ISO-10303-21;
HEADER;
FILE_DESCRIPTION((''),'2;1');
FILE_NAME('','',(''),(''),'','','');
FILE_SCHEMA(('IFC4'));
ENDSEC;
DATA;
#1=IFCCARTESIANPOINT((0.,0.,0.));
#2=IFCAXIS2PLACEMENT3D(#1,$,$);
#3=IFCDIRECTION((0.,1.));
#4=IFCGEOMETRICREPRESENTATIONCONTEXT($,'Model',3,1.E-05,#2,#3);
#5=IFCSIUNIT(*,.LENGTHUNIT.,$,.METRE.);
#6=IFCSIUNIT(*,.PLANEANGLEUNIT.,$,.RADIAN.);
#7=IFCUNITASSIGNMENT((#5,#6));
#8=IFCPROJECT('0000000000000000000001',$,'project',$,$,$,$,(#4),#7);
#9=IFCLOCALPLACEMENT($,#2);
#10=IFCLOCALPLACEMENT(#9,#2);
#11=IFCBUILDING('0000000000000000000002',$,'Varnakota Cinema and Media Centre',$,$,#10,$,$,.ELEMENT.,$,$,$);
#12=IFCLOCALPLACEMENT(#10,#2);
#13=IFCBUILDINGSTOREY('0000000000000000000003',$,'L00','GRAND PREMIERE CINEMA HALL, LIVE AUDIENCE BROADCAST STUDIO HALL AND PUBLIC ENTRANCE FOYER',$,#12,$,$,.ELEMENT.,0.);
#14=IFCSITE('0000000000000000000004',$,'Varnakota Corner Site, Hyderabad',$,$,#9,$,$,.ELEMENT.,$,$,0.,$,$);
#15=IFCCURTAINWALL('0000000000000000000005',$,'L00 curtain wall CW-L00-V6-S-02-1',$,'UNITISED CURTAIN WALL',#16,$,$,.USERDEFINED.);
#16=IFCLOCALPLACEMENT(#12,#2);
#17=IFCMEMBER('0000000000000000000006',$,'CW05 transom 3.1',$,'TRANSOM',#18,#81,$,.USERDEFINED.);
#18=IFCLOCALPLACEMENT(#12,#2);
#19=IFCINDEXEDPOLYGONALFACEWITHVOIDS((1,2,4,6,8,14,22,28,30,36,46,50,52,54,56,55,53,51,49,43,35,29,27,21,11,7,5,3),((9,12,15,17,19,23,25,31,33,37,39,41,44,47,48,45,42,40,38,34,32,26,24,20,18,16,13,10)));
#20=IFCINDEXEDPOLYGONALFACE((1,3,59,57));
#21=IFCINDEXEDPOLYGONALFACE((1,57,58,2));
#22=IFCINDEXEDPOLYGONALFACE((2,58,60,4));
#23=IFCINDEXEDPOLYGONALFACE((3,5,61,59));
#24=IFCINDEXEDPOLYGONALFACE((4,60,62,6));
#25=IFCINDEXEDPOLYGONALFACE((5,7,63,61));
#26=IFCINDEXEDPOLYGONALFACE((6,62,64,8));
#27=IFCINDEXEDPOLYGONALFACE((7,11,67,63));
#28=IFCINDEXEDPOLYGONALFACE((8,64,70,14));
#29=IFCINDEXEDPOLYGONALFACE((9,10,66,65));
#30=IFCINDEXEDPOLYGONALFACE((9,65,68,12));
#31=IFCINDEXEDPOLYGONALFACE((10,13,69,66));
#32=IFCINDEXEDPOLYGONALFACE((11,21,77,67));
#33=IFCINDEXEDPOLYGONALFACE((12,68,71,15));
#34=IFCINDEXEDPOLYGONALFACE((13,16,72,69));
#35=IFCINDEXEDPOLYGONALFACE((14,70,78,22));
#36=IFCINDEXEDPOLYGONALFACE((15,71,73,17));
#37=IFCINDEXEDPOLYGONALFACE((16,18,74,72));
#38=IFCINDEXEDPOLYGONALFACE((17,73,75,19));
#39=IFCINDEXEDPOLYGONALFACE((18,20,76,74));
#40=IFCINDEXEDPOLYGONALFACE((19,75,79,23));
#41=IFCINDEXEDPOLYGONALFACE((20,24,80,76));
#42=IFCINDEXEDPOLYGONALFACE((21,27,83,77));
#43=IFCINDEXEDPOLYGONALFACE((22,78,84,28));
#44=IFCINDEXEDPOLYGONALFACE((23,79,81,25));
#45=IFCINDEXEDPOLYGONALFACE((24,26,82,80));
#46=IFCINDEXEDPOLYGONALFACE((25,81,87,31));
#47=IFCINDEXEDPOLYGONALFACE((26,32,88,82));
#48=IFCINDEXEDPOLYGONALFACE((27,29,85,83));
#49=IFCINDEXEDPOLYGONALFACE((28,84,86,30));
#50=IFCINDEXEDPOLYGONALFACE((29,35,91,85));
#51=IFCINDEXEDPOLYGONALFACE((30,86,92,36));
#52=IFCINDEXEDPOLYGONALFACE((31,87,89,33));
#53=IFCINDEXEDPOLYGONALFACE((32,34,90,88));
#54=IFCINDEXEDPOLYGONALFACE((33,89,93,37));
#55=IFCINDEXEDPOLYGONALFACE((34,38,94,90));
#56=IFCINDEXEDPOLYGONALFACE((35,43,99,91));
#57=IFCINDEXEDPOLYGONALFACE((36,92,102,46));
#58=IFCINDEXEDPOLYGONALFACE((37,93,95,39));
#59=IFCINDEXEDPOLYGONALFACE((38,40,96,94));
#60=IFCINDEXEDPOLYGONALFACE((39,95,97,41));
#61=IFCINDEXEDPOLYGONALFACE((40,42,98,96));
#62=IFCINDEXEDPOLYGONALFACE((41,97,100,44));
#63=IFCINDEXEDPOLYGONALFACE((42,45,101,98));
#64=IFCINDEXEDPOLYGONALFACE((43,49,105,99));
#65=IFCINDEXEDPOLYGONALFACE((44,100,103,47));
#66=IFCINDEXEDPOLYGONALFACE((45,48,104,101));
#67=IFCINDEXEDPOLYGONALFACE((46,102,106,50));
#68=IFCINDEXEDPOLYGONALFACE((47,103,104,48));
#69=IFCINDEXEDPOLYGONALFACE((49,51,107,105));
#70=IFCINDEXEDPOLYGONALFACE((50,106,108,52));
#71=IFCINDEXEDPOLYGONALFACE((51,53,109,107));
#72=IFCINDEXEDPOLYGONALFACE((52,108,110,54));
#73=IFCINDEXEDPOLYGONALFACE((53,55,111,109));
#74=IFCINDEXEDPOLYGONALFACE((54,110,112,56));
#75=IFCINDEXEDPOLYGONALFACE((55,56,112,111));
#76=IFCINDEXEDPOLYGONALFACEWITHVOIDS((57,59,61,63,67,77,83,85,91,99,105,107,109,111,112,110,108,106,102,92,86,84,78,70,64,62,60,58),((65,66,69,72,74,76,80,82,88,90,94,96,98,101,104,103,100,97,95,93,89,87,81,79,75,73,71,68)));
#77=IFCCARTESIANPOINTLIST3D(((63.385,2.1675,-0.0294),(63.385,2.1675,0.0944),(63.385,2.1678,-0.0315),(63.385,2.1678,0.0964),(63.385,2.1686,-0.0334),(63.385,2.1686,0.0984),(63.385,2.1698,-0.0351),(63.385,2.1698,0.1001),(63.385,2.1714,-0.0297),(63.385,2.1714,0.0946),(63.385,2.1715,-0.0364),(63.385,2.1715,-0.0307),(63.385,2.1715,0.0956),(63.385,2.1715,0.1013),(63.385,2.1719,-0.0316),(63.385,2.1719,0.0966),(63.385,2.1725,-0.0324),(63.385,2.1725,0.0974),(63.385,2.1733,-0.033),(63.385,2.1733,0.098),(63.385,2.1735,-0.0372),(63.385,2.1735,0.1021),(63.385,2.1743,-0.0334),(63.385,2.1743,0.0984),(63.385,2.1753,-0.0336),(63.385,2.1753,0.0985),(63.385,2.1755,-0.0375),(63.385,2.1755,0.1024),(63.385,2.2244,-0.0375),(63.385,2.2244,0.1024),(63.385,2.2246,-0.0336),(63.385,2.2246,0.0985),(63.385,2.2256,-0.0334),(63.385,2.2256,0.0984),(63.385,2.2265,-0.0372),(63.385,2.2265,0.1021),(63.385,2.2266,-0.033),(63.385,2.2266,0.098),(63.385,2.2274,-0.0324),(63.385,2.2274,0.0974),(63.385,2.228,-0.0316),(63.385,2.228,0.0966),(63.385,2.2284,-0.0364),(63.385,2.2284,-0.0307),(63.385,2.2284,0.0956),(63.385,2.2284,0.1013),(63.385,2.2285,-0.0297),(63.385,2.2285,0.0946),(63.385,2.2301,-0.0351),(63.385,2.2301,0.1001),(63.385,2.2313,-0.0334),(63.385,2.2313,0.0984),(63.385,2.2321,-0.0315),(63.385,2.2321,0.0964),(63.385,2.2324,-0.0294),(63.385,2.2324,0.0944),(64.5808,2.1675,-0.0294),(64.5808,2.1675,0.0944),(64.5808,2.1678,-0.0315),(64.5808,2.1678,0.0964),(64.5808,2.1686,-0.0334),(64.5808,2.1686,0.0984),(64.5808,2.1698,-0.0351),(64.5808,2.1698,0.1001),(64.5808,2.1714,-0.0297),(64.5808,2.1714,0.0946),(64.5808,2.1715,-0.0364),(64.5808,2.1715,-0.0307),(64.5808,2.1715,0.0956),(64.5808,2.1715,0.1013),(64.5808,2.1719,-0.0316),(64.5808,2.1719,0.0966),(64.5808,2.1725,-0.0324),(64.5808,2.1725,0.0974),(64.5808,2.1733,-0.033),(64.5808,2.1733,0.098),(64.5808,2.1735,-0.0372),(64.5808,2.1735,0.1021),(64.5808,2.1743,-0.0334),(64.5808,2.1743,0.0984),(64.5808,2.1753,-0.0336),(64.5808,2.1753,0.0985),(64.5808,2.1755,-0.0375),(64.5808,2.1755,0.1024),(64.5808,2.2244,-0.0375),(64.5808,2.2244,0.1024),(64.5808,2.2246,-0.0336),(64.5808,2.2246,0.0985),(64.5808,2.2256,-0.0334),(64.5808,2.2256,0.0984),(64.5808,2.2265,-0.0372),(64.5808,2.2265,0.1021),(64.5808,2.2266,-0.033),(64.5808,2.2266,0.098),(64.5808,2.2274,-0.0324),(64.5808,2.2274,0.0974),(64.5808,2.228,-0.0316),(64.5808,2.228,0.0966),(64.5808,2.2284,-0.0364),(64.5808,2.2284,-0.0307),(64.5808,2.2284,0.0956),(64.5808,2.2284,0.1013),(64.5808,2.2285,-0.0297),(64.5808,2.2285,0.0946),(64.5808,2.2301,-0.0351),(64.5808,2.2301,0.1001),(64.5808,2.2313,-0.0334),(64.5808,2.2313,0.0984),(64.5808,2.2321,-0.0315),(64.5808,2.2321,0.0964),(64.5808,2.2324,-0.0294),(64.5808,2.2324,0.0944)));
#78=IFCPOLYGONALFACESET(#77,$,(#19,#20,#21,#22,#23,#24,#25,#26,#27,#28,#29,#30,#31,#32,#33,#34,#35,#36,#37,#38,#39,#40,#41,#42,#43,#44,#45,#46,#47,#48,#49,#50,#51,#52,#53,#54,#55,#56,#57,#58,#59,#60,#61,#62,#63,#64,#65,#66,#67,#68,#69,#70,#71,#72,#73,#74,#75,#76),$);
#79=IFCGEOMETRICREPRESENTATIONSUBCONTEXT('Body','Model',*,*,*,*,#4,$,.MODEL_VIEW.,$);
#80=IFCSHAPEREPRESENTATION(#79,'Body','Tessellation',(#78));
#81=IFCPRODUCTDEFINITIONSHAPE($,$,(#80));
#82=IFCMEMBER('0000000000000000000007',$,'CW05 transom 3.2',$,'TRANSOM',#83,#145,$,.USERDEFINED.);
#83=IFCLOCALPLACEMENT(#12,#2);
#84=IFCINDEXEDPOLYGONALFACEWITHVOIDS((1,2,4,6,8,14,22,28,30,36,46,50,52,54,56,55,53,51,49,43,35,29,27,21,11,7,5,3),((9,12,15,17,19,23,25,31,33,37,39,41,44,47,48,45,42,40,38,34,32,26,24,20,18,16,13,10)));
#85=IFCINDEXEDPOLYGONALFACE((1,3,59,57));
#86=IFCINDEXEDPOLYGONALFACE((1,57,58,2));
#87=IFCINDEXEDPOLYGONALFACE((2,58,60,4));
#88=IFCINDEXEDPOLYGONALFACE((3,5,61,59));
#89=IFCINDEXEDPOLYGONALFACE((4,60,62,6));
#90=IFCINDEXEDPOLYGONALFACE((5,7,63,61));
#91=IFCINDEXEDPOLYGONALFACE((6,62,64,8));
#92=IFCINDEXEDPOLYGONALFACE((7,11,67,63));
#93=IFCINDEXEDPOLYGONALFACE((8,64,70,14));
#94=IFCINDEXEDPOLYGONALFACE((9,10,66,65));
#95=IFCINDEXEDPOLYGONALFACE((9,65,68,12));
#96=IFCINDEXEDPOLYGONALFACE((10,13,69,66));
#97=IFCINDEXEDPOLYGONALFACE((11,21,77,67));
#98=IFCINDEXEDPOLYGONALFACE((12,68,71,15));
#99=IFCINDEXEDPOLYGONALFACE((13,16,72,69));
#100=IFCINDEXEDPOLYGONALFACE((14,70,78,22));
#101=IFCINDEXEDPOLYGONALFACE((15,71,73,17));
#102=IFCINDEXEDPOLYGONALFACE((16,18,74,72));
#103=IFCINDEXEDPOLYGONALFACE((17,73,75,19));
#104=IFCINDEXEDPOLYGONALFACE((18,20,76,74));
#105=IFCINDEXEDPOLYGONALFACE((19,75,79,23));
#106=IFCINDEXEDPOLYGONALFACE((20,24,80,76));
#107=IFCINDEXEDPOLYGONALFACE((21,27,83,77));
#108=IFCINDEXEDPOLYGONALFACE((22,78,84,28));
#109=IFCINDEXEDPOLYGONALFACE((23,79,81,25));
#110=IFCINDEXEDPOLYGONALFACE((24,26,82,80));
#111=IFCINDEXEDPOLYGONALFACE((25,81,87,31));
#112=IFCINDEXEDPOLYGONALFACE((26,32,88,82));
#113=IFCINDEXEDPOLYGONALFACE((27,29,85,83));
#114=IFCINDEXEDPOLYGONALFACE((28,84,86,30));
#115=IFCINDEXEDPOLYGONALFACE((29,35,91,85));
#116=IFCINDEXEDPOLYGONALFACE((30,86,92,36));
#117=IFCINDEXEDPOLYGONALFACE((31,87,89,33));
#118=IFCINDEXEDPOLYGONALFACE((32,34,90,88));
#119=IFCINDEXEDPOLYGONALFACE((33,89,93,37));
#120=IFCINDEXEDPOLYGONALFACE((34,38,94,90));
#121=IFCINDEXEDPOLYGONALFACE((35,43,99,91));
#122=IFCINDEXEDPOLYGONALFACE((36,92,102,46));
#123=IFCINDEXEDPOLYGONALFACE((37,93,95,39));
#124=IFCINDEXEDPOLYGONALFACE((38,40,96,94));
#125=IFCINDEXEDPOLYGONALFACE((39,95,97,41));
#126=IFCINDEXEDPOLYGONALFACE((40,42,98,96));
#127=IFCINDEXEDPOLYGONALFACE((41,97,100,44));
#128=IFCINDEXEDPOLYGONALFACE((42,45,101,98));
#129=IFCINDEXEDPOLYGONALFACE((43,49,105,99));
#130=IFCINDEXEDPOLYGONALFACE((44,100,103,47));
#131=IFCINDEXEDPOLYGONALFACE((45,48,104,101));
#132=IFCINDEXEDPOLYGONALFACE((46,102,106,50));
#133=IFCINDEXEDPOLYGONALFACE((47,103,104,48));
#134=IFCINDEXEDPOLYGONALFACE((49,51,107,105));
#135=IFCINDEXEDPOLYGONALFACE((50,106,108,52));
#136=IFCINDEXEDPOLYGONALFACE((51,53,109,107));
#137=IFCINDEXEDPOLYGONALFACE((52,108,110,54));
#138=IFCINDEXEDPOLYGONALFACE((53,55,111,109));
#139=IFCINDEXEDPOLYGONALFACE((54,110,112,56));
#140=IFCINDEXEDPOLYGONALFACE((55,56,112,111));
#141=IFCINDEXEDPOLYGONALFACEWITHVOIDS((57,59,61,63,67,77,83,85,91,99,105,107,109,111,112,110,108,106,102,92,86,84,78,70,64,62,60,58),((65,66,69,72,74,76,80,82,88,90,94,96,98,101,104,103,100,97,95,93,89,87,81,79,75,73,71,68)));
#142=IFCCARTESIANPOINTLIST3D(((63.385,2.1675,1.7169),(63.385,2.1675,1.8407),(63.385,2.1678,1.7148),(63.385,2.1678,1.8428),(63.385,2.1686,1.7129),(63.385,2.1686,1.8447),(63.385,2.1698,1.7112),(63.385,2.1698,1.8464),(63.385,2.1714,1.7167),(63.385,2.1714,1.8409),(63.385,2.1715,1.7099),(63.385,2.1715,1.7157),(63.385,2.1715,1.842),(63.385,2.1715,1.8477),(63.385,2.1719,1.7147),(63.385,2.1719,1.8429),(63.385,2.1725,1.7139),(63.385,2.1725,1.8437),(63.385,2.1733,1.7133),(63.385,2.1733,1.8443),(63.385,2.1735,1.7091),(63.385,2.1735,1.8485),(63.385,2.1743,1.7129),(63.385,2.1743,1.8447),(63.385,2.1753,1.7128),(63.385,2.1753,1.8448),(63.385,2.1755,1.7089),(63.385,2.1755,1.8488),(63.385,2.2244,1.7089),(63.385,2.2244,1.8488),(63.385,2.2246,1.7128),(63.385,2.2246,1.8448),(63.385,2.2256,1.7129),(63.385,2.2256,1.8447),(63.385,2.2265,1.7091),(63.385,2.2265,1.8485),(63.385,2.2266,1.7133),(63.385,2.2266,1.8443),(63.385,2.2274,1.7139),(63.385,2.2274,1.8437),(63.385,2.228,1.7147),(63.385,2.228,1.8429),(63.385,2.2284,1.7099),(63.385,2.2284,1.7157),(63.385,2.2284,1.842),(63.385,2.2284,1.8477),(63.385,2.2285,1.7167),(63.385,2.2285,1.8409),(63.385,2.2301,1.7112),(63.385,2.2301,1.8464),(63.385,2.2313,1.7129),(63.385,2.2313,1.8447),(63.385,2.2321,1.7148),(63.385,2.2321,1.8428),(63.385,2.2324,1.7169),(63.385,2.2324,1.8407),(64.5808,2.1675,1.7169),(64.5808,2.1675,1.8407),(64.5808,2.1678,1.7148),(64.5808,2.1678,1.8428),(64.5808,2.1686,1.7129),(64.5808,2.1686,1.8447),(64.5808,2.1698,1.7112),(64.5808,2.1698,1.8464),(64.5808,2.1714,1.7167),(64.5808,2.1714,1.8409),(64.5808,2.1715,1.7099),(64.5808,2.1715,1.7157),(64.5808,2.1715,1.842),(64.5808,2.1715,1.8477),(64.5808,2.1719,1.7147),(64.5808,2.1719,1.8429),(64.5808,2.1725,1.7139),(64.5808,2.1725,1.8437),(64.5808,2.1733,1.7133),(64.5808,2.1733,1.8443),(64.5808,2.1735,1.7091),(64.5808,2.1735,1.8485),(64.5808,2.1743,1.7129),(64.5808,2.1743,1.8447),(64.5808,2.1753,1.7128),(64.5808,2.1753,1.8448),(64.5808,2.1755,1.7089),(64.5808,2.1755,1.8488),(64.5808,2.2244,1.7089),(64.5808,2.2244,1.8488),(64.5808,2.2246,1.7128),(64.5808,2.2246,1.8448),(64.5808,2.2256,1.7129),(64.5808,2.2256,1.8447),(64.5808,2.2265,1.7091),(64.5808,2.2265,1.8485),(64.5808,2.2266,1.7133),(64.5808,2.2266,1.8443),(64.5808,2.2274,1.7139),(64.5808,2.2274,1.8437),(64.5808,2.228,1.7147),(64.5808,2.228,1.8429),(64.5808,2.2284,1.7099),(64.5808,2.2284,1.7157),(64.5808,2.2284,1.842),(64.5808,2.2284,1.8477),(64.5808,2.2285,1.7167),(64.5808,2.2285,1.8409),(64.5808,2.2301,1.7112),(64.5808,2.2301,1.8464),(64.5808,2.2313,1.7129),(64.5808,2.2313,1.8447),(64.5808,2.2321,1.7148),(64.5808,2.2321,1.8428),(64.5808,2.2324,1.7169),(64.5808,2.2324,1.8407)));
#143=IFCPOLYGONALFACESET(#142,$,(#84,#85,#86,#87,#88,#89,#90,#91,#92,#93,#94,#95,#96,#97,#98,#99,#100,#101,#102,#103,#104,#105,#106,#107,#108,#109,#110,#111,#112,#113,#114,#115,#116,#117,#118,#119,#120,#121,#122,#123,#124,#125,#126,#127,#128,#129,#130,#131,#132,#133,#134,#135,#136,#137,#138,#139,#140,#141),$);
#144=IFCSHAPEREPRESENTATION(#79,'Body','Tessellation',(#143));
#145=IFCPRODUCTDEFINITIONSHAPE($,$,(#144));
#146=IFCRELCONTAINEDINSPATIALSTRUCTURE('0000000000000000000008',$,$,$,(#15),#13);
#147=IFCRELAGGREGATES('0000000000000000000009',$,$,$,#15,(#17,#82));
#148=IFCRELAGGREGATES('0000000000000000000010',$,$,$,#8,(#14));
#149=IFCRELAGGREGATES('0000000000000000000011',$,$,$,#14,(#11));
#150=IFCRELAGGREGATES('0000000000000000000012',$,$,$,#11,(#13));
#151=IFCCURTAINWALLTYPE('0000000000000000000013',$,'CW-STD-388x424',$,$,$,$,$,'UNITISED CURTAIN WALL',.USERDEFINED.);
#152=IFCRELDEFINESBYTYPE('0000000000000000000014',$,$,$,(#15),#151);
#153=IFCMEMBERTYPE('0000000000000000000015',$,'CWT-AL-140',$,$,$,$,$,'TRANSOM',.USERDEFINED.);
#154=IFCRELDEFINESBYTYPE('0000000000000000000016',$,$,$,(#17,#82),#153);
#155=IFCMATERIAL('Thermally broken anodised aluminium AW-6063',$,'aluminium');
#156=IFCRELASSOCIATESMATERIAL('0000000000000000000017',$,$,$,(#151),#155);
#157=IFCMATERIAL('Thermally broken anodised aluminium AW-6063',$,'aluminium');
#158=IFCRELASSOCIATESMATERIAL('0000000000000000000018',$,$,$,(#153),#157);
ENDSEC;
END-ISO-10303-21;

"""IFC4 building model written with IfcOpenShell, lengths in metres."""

from ifc_helpers import new_model, si_unit, direction, frame, origin, origin_2d, place, context, subcontext, project, spatial, hollow_rectangle, extrude, material, material_profile, profile_set, type_object, element, aggregate, save


model = new_model("IFC4")

# Units and contexts
model_context = context("Model", 3, precision=1e-05, world=origin(), true_north=direction((0.0, 1.0)))
body_context = subcontext(model_context, "Body", "Model", "MODEL_VIEW")
ifc_project = project(units=[si_unit("LENGTHUNIT", "METRE"), si_unit("PLANEANGLEUNIT", "RADIAN")], contexts=[model_context])

# Site, building, storey
site_placement = place(None, origin())
site = spatial("IfcSite", under=ifc_project, at=site_placement, Name="Varnakota Corner Site, Hyderabad", CompositionType="ELEMENT", RefElevation=0.0)
building_placement = place(site_placement, origin())
building = spatial("IfcBuilding", under=site, at=building_placement, Name="Varnakota Cinema and Media Centre", CompositionType="ELEMENT")
storey_placement = place(building_placement, origin())
storey = spatial("IfcBuildingStorey", under=building, at=storey_placement, Name="L00", Description="GRAND PREMIERE CINEMA HALL, LIVE AUDIENCE BROADCAST STUDIO HALL AND PUBLIC ENTRANCE FOYER", CompositionType="ELEMENT", Elevation=0.0)

# Curtain wall
ifc_material_1 = material(Name="Thermally broken anodised aluminium AW-6063", Category="aluminium")
curtain_wall_type = type_object("IfcCurtainWallType", Name="CW-STD-388x424", ElementType="UNITISED CURTAIN WALL", PredefinedType="USERDEFINED", material=ifc_material_1)
curtain_wall_1_placement = place(storey_placement, origin())
curtain_wall_1 = element("IfcCurtainWall", 1, at=curtain_wall_1_placement, inside=storey, type_object=curtain_wall_type, Name="L00 curtain wall CW-L00-V6-S-02-1", ObjectType="UNITISED CURTAIN WALL", PredefinedType="USERDEFINED")

# Members
ifc_material_2 = material(Name="Thermally broken anodised aluminium AW-6063", Category="aluminium")
ifc_material_profile_1 = material_profile(ifc_material_2, hollow_rectangle(XDim=0.0649, YDim=0.1399, WallThickness=0.0039, InnerFilletRadius=0.0039, OuterFilletRadius=0.0081, at=origin_2d()), Name="AL-TRANSOM 140x65x4")
ifc_profile_set_1 = profile_set([ifc_material_profile_1], Name="Thermally broken anodised aluminium AW-6063")
member_type_1 = type_object("IfcMemberType", Name="CWT-AL-140", ElementType="TRANSOM", PredefinedType="USERDEFINED", material=ifc_profile_set_1)
member_1_placement = place(storey_placement, frame((64.5808, 2.2, 0.0325), z_axis=(-1.0, 0.0, 0.0), x_axis=(0.0, -1.0, 0.0)))
member_1 = element("IfcMember", 2, at=member_1_placement, type_object=member_type_1, Name="CW05 transom 3.1", ObjectType="TRANSOM", PredefinedType="USERDEFINED", context=body_context, shape_type="SweptSolid", body=[
    extrude(hollow_rectangle(XDim=0.0649, YDim=0.1399, WallThickness=0.0039, InnerFilletRadius=0.0039, OuterFilletRadius=0.0081, at=origin_2d()), origin(), (0.0, 0.0, 1.0), 1.1958),
])
member_2_placement = place(storey_placement, frame((64.5808, 2.2, 1.7788), z_axis=(-1.0, 0.0, 0.0), x_axis=(0.0, -1.0, 0.0)))
member_2 = element("IfcMember", 3, at=member_2_placement, type_object=member_type_1, Name="CW05 transom 3.2", ObjectType="TRANSOM", PredefinedType="USERDEFINED", context=body_context, shape_type="SweptSolid", body=[
    extrude(hollow_rectangle(XDim=0.0649, YDim=0.1399, WallThickness=0.0039, InnerFilletRadius=0.0039, OuterFilletRadius=0.0081, at=origin_2d()), origin(), (0.0, 0.0, 1.0), 1.1958),
])

aggregate(curtain_wall_1, [member_1, member_2])

save(model, "model.ifc")
